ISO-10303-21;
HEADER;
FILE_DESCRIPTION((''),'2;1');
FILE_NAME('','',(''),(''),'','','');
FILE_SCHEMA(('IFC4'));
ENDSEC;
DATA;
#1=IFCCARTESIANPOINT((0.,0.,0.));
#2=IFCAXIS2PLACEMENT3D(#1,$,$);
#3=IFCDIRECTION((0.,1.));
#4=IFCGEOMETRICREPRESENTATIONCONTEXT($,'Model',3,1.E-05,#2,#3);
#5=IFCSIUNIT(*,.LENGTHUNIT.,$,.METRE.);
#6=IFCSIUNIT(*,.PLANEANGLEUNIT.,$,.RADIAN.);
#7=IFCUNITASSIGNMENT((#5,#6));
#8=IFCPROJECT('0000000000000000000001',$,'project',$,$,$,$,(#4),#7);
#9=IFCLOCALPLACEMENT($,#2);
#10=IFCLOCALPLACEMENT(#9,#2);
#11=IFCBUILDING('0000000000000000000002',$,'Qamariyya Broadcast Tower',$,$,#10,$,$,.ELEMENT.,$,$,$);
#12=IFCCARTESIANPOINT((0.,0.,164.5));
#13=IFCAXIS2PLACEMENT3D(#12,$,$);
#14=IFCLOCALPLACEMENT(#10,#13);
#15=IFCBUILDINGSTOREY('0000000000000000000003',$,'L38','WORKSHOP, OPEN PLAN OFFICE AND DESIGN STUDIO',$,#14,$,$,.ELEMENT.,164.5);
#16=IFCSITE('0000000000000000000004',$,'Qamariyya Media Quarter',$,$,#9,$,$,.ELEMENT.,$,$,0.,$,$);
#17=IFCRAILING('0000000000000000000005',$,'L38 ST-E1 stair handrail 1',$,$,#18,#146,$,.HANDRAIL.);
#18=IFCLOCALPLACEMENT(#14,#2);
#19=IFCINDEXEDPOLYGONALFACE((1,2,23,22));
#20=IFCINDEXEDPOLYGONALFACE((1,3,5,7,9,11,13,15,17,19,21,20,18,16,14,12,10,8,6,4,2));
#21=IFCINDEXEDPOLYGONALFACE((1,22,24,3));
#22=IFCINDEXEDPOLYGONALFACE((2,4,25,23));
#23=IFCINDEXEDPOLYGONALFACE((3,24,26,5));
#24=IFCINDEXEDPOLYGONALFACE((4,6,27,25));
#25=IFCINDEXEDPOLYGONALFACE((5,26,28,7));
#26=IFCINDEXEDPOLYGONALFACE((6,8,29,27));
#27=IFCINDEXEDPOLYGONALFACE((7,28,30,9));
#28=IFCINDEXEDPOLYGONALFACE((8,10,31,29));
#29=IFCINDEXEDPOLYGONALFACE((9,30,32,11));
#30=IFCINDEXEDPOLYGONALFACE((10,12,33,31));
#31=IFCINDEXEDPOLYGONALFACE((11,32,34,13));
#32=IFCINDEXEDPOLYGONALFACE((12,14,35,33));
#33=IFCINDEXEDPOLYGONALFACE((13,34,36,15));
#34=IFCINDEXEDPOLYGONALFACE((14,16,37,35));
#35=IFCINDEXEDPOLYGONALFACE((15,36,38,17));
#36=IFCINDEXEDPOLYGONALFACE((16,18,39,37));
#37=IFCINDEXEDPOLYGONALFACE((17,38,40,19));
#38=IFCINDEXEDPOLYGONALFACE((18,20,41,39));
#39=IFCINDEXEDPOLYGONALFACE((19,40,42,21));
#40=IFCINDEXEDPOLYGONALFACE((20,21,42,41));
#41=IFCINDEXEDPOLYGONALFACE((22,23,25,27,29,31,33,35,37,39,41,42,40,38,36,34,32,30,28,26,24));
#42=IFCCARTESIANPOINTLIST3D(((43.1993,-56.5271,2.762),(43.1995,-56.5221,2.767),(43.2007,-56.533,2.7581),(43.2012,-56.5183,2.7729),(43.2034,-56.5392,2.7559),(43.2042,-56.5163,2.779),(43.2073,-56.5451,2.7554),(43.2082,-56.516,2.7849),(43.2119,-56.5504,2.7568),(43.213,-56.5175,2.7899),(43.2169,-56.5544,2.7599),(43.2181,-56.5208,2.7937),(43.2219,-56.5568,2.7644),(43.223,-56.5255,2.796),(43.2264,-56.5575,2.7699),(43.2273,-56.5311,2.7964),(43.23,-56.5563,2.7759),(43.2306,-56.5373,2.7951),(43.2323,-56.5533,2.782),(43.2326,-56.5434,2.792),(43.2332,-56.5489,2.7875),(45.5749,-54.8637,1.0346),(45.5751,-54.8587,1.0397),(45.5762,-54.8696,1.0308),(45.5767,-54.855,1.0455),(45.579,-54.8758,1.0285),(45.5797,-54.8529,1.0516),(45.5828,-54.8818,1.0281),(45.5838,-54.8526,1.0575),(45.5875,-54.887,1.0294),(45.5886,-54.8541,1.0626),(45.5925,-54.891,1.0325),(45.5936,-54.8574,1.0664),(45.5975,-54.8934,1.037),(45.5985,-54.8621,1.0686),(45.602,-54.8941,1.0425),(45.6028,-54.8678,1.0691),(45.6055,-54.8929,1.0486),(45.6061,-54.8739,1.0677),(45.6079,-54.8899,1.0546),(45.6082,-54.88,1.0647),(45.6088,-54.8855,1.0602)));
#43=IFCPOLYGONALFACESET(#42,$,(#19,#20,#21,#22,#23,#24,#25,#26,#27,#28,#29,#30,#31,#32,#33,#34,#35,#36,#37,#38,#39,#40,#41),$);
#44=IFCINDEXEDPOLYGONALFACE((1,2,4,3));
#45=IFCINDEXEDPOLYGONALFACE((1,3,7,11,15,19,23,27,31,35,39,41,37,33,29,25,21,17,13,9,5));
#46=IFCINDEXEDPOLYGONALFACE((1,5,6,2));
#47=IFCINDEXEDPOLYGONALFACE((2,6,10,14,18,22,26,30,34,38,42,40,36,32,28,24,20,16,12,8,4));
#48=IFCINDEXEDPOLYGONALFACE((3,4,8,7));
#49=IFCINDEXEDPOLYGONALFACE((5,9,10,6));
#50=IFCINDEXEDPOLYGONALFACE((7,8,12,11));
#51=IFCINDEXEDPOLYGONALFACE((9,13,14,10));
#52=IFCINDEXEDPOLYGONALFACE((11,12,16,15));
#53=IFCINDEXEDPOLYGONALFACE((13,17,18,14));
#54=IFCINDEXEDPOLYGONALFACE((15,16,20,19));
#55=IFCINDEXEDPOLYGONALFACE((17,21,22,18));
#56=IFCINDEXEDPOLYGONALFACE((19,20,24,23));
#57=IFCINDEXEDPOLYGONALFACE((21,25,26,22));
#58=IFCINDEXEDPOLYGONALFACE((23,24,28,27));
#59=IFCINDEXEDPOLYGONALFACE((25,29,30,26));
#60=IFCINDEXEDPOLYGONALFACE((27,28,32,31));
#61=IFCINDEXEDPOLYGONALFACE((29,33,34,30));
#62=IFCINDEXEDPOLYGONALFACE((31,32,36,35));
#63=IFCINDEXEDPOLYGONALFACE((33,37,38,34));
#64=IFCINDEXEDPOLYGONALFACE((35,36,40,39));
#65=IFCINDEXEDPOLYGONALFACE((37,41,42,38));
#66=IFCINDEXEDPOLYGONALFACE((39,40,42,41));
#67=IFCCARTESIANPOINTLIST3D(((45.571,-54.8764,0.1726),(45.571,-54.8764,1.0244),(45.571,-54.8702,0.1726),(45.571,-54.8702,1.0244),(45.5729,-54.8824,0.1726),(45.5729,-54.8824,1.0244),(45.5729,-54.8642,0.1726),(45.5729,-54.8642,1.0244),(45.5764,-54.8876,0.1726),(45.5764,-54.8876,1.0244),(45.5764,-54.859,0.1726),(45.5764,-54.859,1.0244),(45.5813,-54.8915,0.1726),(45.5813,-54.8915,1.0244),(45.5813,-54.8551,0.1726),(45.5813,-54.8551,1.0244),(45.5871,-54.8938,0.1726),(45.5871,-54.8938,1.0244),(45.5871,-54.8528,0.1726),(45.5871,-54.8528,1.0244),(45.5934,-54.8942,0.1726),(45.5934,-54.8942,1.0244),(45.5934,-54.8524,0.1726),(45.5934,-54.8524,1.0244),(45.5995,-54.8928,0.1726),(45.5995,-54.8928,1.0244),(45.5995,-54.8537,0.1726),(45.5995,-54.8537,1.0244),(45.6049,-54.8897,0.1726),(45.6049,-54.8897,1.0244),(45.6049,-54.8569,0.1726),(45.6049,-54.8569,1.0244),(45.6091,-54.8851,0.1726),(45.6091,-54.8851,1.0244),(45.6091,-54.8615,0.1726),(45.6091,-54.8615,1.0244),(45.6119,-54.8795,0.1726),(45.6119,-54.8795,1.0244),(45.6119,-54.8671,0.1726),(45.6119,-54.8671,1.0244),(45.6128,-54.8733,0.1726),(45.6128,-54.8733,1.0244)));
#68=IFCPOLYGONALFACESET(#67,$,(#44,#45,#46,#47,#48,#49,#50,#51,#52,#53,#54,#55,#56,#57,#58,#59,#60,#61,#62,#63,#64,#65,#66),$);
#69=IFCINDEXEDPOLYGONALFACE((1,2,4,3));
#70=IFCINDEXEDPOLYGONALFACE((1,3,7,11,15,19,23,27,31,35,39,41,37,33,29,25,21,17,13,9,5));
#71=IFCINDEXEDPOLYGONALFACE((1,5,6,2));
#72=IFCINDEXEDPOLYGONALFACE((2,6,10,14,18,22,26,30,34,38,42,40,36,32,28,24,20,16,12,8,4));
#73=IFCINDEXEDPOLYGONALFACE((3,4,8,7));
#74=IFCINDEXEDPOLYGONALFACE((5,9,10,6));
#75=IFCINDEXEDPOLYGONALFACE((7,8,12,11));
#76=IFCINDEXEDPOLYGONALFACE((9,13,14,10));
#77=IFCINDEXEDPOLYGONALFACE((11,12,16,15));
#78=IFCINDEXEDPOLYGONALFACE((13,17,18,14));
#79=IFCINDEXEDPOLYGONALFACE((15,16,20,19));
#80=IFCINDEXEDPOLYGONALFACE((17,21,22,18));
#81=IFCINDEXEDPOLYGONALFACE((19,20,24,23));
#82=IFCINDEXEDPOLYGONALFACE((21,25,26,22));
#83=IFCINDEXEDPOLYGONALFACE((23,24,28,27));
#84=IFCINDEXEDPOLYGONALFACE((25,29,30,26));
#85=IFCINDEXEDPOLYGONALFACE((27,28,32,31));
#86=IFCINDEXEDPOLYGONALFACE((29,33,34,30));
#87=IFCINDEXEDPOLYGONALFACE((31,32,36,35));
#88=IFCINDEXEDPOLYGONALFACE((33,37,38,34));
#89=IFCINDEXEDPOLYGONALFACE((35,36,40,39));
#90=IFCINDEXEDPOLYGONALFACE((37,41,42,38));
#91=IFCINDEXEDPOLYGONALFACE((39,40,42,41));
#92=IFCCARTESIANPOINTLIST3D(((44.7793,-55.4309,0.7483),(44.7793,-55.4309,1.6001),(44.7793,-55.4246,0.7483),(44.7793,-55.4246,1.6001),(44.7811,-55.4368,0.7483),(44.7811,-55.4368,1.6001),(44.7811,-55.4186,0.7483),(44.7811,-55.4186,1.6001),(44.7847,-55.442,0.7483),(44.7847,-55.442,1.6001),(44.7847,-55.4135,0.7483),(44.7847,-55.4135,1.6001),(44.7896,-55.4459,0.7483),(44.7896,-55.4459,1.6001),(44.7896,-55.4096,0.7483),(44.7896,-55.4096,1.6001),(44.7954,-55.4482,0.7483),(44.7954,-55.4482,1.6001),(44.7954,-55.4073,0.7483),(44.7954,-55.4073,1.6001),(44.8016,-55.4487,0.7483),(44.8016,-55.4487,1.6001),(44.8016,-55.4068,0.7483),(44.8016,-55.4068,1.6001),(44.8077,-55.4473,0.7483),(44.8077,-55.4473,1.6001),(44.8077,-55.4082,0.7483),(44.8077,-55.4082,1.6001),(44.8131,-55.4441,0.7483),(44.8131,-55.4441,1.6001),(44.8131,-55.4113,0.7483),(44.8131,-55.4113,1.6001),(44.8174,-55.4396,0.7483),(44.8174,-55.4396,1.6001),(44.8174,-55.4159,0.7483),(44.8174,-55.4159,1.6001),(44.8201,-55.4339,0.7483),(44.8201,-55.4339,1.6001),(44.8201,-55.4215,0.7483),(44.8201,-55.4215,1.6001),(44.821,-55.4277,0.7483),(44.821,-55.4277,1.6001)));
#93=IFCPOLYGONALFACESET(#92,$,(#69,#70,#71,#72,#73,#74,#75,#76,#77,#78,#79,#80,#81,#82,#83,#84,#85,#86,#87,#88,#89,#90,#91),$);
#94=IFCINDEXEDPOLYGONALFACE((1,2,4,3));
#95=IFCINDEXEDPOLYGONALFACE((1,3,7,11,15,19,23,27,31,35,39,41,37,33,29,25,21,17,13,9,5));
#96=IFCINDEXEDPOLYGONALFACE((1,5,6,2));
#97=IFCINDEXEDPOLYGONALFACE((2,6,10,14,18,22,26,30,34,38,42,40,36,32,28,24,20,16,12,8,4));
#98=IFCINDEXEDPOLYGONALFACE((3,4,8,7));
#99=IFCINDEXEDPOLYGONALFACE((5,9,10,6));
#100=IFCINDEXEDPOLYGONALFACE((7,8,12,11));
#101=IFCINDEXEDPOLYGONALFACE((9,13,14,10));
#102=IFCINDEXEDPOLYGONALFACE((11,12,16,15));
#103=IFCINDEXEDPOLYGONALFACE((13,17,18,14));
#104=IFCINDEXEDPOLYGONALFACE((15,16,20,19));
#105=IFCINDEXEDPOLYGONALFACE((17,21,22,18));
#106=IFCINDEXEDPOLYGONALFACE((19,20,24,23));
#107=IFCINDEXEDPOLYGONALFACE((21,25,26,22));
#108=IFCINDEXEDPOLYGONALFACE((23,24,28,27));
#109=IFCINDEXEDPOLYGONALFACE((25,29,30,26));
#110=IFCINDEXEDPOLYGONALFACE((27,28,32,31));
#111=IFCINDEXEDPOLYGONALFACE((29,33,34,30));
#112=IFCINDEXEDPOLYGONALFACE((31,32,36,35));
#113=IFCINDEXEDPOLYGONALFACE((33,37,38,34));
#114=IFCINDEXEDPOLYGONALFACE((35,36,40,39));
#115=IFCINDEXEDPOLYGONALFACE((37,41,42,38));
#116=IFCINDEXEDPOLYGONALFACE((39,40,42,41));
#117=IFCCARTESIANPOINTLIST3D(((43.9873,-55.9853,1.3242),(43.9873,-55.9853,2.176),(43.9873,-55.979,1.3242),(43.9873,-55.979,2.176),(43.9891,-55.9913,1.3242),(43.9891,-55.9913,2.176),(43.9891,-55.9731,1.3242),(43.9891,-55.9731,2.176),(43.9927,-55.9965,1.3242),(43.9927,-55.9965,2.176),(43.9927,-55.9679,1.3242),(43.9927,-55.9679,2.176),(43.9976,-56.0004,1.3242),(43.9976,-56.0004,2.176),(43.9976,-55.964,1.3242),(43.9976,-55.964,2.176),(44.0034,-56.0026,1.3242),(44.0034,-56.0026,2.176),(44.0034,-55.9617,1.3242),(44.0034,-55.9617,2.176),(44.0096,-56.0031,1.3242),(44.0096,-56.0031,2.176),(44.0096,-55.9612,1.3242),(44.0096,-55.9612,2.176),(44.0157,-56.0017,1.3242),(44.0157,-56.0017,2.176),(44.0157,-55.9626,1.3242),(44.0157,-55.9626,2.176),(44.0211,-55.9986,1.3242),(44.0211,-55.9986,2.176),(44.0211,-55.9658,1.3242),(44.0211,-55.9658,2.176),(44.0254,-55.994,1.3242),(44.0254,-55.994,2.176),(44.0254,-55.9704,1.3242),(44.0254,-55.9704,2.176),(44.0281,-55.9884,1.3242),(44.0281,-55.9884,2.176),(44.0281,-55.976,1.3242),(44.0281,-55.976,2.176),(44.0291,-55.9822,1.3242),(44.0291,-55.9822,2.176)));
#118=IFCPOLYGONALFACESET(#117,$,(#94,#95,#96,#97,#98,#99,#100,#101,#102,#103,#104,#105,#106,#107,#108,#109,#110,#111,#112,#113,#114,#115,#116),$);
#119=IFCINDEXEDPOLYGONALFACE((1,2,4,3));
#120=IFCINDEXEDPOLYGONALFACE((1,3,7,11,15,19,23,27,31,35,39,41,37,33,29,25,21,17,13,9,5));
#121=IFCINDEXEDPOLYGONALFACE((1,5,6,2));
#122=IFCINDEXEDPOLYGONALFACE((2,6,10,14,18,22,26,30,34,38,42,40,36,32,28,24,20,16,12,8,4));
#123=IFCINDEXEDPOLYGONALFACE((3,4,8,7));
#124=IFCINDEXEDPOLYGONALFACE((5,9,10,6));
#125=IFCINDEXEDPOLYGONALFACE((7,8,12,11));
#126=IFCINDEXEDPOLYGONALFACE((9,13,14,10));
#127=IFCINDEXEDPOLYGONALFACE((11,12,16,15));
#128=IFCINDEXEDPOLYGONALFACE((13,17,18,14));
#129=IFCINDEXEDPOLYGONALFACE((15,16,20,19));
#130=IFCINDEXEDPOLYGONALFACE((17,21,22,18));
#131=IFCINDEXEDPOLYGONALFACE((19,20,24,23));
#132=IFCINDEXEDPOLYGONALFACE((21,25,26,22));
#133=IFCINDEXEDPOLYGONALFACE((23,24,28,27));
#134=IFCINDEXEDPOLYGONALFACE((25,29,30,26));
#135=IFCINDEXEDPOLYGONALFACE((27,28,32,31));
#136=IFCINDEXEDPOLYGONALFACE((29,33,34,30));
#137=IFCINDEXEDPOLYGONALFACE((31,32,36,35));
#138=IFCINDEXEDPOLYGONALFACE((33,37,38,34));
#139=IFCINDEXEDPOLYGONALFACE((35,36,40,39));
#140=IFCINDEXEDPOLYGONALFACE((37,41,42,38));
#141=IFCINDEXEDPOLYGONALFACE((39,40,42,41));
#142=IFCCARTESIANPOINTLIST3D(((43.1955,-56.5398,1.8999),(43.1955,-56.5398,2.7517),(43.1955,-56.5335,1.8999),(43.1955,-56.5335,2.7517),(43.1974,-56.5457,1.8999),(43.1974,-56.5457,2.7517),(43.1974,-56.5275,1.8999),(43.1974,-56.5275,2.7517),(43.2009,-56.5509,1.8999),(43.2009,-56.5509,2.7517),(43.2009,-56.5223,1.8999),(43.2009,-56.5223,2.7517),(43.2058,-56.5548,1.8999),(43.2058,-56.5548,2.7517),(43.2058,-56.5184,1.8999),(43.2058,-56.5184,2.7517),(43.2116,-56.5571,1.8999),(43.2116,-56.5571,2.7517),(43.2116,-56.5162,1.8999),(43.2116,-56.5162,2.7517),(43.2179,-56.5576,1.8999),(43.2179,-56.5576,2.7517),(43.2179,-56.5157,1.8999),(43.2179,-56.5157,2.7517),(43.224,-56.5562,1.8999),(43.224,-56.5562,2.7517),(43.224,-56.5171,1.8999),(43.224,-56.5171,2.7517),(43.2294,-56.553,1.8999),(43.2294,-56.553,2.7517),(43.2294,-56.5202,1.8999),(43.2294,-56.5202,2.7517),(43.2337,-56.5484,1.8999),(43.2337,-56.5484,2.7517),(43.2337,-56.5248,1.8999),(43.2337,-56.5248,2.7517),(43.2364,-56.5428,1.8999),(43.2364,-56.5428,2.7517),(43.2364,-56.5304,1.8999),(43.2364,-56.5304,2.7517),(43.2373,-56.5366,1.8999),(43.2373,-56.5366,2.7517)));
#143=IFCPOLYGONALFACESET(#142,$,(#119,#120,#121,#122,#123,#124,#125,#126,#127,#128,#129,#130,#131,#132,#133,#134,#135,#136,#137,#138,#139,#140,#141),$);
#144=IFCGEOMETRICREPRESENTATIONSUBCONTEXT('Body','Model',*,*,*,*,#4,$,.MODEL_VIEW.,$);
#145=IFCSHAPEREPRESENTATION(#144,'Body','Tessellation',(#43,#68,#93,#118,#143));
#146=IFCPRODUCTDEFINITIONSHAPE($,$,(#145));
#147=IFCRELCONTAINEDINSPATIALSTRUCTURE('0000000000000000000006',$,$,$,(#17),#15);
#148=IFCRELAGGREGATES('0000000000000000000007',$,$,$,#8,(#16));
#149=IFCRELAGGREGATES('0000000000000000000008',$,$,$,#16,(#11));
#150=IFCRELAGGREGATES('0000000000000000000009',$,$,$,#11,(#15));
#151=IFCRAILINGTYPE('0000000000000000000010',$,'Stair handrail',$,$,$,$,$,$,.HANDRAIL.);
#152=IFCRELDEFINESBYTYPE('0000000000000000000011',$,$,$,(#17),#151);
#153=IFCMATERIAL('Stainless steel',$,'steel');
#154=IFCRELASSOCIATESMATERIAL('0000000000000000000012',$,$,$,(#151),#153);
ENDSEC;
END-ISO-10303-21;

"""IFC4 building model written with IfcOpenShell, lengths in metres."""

from ifc_helpers import new_model, si_unit, direction, frame, origin, origin_2d, place, context, subcontext, project, spatial, circle, extrude, material, type_object, element, save


model = new_model("IFC4")

# Units and contexts
model_context = context("Model", 3, precision=1e-05, world=origin(), true_north=direction((0.0, 1.0)))
body_context = subcontext(model_context, "Body", "Model", "MODEL_VIEW")
ifc_project = project(units=[si_unit("LENGTHUNIT", "METRE"), si_unit("PLANEANGLEUNIT", "RADIAN")], contexts=[model_context])

# Site, building, storey
site_placement = place(None, origin())
site = spatial("IfcSite", under=ifc_project, at=site_placement, Name="Qamariyya Media Quarter", CompositionType="ELEMENT", RefElevation=0.0)
building_placement = place(site_placement, origin())
building = spatial("IfcBuilding", under=site, at=building_placement, Name="Qamariyya Broadcast Tower", CompositionType="ELEMENT")
storey_placement = place(building_placement, frame((0.0, 0.0, 164.5)))
storey = spatial("IfcBuildingStorey", under=building, at=storey_placement, Name="L38", Description="WORKSHOP, OPEN PLAN OFFICE AND DESIGN STUDIO", CompositionType="ELEMENT", Elevation=164.5)

# Railing
ifc_material_1 = material(Name="Stainless steel", Category="steel")
railing_type_1 = type_object("IfcRailingType", Name="Stair handrail", PredefinedType="HANDRAIL", material=ifc_material_1)
railing_1_placement = place(storey_placement, frame((45.5918, -54.8733, 0.1726)))
element("IfcRailing", 1, at=railing_1_placement, inside=storey, type_object=railing_type_1, Name="L38 ST-E1 stair handrail 1", PredefinedType="HANDRAIL", context=body_context, shape_type="SweptSolid", body=[
    extrude(circle(Radius=0.0239, at=origin_2d()), frame((0.0, 0.0, 0.876), z_axis=(-0.70377, -0.492784, 0.511734), x_axis=(0.573575, -0.819153, 0.0)), (0.0, 0.0, 1.0), 3.3755),
    extrude(circle(Radius=0.021, at=origin_2d()), origin(), (0.0, 0.0, 1.0), 0.8518),
    extrude(circle(Radius=0.021, at=origin_2d()), frame((-0.7917, -0.5544, 0.5757)), (0.0, 0.0, 1.0), 0.8518),
    extrude(circle(Radius=0.021, at=origin_2d()), frame((-1.5837, -1.1089, 1.1516)), (0.0, 0.0, 1.0), 0.8518),
    extrude(circle(Radius=0.021, at=origin_2d()), frame((-2.3755, -1.6633, 1.7273)), (0.0, 0.0, 1.0), 0.8518),
])

save(model, "model.ifc")
